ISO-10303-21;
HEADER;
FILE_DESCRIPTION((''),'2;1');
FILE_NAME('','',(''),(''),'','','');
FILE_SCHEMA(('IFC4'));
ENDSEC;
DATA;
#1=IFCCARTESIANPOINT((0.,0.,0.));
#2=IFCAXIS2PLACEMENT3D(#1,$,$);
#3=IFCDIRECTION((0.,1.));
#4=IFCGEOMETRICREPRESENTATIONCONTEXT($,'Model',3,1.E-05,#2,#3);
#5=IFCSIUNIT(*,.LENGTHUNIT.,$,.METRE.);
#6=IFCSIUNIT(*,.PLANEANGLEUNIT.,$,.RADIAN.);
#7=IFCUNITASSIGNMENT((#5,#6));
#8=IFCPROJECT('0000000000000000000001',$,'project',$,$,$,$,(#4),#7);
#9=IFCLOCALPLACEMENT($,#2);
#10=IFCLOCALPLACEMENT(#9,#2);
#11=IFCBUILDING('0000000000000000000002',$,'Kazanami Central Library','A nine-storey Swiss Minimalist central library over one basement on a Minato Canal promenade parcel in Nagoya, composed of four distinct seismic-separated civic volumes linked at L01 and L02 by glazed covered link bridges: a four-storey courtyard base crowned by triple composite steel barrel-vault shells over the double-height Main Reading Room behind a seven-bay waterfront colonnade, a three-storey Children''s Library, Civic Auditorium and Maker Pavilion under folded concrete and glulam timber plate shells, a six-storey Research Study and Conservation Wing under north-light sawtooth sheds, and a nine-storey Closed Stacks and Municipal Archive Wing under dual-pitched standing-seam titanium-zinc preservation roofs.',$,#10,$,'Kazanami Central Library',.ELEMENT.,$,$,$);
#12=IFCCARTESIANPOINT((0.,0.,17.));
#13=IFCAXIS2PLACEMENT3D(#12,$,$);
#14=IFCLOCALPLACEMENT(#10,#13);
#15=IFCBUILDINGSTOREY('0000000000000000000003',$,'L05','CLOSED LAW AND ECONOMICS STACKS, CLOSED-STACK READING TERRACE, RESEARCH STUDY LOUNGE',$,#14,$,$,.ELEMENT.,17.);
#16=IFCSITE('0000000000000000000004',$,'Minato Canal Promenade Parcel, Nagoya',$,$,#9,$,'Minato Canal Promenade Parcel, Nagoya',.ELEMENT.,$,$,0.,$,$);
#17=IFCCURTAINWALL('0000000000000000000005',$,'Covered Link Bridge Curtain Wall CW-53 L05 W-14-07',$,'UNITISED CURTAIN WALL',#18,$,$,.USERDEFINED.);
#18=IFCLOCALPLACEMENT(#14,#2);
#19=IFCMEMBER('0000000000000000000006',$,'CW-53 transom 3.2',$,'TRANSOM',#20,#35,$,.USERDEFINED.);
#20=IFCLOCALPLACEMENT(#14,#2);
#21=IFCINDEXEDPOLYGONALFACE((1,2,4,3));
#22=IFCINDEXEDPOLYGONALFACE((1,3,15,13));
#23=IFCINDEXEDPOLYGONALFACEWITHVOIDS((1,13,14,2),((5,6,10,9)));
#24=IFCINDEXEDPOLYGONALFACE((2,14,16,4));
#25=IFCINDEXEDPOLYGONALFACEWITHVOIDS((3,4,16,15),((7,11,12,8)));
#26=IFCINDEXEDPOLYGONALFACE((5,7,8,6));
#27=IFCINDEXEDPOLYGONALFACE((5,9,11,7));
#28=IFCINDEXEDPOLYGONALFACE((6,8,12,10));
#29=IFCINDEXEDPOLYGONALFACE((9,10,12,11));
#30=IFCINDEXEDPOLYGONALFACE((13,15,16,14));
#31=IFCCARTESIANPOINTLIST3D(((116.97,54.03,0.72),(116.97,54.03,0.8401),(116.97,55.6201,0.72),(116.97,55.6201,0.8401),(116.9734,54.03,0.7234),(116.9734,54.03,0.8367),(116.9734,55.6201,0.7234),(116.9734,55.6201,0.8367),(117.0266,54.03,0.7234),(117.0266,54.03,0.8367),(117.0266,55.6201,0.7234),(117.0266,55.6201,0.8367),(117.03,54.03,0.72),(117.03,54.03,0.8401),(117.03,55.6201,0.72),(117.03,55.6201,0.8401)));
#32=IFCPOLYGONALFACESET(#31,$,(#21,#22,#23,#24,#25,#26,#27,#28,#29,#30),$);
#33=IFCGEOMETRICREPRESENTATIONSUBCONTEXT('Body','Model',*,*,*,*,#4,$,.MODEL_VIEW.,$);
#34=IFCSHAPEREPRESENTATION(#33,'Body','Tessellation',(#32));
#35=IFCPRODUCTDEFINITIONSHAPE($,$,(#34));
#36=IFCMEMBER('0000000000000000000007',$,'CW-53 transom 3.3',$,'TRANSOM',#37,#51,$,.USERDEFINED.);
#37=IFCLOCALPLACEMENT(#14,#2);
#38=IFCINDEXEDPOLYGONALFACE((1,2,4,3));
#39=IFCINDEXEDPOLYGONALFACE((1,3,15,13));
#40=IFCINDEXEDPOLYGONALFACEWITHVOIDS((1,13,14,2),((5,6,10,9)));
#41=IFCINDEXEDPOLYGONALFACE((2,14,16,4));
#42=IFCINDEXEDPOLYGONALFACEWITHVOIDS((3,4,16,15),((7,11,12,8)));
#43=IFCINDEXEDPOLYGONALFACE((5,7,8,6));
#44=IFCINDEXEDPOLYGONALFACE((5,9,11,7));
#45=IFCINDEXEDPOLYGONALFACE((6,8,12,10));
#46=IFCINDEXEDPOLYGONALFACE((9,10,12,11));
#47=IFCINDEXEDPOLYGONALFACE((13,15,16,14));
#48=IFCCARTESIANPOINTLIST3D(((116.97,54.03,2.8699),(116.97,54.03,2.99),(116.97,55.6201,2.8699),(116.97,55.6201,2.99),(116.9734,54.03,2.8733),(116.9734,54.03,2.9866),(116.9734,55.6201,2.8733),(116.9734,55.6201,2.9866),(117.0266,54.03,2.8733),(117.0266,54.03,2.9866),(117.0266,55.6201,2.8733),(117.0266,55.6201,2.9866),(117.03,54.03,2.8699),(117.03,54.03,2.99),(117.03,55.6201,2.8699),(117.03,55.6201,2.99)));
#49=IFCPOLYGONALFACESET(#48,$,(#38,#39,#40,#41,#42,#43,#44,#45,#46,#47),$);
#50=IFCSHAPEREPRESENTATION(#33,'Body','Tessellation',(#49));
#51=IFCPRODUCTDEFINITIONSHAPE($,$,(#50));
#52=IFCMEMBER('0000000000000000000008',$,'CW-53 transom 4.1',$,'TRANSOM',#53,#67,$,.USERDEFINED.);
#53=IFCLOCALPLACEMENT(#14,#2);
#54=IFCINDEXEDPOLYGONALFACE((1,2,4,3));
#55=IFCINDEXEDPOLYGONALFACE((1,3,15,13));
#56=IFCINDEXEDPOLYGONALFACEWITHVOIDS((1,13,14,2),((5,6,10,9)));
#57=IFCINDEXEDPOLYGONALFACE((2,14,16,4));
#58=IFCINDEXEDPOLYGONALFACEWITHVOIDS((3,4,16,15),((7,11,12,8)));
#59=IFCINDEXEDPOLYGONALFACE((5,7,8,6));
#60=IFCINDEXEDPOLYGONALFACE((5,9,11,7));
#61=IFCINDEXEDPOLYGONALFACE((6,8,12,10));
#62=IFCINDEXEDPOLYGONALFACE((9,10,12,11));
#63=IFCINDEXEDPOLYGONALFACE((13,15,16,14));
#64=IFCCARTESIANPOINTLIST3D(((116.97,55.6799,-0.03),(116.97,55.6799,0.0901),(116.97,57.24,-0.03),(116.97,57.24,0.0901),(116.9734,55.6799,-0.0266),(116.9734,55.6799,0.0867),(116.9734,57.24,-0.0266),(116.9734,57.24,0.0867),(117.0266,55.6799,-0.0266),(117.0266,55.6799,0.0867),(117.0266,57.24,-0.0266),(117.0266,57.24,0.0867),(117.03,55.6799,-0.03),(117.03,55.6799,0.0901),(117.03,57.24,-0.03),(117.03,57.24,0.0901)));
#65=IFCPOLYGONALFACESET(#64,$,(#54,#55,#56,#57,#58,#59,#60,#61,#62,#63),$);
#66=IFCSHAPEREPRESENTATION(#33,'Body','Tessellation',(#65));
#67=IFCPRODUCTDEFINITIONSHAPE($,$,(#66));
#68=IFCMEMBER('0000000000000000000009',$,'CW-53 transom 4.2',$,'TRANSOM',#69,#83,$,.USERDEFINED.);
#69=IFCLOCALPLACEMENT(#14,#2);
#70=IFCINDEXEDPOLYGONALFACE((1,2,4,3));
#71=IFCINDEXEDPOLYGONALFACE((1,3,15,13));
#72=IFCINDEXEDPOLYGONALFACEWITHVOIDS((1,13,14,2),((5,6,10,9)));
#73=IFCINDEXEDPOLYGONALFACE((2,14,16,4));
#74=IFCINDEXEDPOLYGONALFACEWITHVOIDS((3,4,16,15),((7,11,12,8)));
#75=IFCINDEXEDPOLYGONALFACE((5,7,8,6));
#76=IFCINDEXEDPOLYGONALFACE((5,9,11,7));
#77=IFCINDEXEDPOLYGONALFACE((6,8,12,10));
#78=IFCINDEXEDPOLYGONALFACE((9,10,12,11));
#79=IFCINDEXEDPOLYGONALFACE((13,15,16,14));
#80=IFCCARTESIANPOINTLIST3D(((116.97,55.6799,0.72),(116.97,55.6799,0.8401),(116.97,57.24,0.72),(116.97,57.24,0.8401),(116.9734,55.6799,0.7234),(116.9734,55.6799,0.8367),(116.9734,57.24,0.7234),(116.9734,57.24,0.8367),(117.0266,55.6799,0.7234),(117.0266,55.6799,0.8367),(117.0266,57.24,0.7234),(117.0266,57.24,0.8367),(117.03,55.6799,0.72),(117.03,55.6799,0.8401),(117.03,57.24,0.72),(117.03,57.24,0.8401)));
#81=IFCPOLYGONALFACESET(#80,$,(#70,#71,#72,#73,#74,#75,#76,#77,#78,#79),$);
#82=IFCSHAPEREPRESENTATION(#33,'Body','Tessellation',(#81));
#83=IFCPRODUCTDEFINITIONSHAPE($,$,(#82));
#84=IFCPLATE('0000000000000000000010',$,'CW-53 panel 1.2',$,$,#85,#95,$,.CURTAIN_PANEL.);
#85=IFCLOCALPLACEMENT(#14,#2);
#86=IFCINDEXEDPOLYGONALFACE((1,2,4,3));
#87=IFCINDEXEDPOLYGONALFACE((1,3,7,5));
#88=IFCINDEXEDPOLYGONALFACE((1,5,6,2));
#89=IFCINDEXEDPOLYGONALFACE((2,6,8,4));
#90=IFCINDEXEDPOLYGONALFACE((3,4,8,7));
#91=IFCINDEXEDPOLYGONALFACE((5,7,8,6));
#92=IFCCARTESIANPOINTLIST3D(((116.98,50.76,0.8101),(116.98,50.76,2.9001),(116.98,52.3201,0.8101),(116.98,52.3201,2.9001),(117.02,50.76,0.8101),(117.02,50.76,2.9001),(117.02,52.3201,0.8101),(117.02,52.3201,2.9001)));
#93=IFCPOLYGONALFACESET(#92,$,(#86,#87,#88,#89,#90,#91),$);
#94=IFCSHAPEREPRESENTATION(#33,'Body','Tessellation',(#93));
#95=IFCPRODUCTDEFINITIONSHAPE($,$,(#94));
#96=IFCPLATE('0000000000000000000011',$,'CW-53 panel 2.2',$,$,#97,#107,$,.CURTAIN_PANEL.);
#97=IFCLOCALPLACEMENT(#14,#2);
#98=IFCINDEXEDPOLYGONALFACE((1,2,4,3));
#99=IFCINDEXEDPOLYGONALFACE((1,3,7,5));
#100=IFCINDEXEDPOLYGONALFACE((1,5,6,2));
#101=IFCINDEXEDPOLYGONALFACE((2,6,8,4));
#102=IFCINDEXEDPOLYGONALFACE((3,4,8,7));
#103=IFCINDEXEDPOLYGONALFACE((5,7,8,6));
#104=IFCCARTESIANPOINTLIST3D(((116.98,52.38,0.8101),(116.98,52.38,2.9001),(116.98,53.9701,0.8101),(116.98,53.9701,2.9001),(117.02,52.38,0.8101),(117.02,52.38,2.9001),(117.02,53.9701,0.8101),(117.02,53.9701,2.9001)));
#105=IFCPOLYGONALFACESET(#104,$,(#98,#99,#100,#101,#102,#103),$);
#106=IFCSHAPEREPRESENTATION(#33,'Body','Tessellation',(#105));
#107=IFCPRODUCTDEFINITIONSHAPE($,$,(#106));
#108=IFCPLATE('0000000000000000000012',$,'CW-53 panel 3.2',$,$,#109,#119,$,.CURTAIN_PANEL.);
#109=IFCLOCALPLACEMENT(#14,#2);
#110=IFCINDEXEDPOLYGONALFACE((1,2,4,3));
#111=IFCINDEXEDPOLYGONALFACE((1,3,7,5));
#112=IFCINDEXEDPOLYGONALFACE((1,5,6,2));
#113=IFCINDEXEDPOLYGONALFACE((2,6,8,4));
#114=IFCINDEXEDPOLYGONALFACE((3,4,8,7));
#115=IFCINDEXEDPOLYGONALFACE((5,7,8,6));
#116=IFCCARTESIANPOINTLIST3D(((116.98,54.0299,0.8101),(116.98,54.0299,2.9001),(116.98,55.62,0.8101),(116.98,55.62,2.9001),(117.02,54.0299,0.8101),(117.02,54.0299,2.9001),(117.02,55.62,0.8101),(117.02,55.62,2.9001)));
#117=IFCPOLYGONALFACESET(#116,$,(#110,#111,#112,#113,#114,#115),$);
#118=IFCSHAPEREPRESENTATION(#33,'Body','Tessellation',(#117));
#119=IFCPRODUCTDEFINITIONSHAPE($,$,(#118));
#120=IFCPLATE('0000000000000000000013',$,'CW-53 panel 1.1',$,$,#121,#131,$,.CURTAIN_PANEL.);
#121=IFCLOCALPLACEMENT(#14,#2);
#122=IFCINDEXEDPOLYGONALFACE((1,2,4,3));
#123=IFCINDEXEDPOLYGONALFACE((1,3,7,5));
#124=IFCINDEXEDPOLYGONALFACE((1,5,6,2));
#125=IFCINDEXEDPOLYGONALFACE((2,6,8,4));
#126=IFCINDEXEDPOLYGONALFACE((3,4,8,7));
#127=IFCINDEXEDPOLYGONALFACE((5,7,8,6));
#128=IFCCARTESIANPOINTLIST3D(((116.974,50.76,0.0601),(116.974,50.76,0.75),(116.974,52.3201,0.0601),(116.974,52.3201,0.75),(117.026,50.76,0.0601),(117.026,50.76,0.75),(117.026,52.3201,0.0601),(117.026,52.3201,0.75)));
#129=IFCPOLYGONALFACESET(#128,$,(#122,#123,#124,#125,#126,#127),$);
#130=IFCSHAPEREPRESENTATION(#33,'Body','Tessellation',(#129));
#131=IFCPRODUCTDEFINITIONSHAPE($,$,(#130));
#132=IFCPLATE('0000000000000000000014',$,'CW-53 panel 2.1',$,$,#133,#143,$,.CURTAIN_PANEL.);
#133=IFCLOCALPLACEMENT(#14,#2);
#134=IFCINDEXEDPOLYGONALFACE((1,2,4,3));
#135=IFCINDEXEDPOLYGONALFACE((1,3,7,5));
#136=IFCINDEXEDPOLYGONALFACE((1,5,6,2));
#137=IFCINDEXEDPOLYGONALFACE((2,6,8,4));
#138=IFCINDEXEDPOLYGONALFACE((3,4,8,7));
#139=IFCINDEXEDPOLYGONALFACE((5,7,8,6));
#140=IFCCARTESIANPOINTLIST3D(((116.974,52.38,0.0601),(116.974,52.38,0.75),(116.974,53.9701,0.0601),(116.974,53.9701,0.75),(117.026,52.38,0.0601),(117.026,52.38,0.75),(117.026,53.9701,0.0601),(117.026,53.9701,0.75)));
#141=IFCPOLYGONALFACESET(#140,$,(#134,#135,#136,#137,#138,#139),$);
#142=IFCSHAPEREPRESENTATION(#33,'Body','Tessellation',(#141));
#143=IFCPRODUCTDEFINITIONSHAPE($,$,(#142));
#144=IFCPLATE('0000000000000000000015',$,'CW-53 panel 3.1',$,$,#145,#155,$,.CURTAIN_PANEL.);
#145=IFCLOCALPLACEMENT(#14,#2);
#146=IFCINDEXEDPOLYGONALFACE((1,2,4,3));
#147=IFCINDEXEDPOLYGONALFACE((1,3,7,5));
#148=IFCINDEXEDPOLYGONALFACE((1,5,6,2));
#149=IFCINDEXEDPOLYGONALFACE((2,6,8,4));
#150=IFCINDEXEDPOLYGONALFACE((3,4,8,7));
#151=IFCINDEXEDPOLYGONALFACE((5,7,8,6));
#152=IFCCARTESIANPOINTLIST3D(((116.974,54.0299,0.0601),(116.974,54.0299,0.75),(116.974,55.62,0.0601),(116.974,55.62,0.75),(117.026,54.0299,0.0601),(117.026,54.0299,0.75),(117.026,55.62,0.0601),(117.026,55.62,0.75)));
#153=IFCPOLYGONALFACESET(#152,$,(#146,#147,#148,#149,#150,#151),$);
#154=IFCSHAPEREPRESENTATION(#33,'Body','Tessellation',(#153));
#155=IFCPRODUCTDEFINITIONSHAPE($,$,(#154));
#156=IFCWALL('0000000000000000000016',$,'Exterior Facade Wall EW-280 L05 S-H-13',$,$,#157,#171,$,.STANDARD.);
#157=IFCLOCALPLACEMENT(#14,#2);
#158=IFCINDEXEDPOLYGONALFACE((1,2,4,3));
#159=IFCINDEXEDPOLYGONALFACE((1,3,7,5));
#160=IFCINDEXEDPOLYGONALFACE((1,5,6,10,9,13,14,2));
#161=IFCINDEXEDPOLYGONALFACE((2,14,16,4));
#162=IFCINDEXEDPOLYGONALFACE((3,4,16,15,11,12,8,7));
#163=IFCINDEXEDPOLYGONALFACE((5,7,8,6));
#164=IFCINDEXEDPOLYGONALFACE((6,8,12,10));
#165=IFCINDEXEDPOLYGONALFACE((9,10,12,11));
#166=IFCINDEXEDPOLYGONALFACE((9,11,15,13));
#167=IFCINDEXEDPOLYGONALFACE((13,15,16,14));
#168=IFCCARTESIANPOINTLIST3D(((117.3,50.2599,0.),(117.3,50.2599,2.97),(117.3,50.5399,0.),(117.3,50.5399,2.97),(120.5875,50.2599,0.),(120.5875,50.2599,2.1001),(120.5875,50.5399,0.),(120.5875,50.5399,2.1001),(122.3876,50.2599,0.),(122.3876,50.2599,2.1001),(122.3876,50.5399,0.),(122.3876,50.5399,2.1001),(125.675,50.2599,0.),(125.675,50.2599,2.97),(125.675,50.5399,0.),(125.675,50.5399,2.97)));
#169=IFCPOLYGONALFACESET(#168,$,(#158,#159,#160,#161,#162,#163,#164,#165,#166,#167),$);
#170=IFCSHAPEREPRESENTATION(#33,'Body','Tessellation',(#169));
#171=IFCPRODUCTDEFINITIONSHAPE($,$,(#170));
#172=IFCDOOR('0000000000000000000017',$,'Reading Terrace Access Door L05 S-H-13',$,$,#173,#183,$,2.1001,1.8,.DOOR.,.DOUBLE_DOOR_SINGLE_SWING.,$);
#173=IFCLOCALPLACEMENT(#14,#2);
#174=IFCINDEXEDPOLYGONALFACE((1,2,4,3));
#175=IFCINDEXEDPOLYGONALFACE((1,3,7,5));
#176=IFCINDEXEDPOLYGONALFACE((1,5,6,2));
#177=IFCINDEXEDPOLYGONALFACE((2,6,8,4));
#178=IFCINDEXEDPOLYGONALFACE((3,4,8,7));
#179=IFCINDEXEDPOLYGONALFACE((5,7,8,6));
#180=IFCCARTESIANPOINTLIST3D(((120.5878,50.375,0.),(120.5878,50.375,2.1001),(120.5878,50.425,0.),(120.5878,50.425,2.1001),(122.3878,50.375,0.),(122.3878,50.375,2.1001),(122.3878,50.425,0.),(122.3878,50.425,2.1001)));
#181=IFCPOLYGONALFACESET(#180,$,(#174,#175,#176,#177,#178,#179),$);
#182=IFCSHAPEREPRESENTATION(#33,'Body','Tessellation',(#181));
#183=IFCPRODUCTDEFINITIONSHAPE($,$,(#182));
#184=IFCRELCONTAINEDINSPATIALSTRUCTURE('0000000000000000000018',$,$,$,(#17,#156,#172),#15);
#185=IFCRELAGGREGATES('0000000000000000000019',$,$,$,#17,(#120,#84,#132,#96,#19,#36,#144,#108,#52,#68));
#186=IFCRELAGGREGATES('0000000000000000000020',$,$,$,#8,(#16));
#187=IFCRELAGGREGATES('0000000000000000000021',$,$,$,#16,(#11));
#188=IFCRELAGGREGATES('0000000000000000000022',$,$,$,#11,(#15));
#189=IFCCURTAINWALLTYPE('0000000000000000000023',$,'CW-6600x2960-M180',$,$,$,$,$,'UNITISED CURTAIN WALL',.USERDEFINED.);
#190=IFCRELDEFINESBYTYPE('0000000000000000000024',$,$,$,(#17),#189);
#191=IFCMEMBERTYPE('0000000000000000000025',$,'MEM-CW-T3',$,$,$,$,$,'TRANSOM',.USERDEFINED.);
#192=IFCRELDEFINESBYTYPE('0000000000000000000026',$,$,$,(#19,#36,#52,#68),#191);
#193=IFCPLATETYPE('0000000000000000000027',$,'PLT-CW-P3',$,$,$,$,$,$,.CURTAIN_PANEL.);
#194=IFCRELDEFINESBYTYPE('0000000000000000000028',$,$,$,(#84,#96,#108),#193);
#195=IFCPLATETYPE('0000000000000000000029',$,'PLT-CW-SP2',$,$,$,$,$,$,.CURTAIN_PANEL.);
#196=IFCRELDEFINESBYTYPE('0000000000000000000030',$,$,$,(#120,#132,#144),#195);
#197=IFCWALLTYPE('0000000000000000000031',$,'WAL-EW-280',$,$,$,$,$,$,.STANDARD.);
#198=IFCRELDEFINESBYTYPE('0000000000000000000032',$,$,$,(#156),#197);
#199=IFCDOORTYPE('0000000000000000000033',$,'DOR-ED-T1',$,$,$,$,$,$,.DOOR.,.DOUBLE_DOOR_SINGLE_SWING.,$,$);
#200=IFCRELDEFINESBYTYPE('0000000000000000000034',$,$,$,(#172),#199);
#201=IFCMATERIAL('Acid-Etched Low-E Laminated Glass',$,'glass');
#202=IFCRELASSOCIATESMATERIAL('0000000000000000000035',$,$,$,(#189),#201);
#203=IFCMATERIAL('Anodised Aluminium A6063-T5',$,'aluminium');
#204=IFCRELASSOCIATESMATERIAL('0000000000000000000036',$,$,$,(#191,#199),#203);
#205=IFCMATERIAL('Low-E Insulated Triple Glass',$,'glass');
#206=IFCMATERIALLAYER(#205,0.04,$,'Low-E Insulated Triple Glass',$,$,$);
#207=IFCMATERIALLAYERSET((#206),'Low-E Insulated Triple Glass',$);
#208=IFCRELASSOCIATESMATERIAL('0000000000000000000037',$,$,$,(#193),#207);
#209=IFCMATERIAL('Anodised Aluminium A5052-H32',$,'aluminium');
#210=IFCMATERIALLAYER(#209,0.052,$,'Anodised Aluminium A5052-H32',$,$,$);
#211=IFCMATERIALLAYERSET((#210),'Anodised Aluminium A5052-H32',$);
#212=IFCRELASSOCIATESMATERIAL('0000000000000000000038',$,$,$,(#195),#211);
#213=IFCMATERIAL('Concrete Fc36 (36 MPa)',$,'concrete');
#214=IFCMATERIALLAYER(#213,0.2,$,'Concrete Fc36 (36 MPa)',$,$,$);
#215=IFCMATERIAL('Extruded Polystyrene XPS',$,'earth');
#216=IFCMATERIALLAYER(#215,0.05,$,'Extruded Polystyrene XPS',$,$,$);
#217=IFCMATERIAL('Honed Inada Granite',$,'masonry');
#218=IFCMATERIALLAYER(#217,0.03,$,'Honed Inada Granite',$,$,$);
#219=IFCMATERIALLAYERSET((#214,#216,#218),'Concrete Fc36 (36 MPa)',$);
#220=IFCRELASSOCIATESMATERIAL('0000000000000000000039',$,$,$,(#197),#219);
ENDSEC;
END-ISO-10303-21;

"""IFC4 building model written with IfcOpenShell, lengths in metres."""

from ifc_helpers import new_model, si_unit, direction, frame, frame_2d, origin, origin_2d, place, context, subcontext, project, spatial, rectangle, hollow_rectangle, extrude, material, layer, layer_set, material_profile, profile_set, type_object, element, fill, aggregate, save


model = new_model("IFC4")

# Units and contexts
model_context = context("Model", 3, precision=1e-05, world=origin(), true_north=direction((0.0, 1.0)))
body_context = subcontext(model_context, "Body", "Model", "MODEL_VIEW")
ifc_project = project(units=[si_unit("LENGTHUNIT", "METRE"), si_unit("PLANEANGLEUNIT", "RADIAN")], contexts=[model_context])

# Site, building, storey
site_placement = place(None, origin())
site = spatial("IfcSite", under=ifc_project, at=site_placement, Name="Minato Canal Promenade Parcel, Nagoya", LongName="Minato Canal Promenade Parcel, Nagoya", CompositionType="ELEMENT", RefElevation=0.0)
building_placement = place(site_placement, origin())
building = spatial("IfcBuilding", under=site, at=building_placement, Name="Kazanami Central Library", Description="A nine-storey Swiss Minimalist central library over one basement on a Minato Canal promenade parcel in Nagoya, composed of four distinct seismic-separated civic volumes linked at L01 and L02 by glazed covered link bridges: a four-storey courtyard base crowned by triple composite steel barrel-vault shells over the double-height Main Reading Room behind a seven-bay waterfront colonnade, a three-storey Children's Library, Civic Auditorium and Maker Pavilion under folded concrete and glulam timber plate shells, a six-storey Research Study and Conservation Wing under north-light sawtooth sheds, and a nine-storey Closed Stacks and Municipal Archive Wing under dual-pitched standing-seam titanium-zinc preservation roofs.", LongName="Kazanami Central Library", CompositionType="ELEMENT")
storey_placement = place(building_placement, frame((0.0, 0.0, 17.0)))
storey = spatial("IfcBuildingStorey", under=building, at=storey_placement, Name="L05", Description="CLOSED LAW AND ECONOMICS STACKS, CLOSED-STACK READING TERRACE, RESEARCH STUDY LOUNGE", CompositionType="ELEMENT", Elevation=17.0)

# Curtain wall, members, plates
ifc_material_1 = material(Name="Acid-Etched Low-E Laminated Glass", Category="glass")
curtain_wall_type = type_object("IfcCurtainWallType", Name="CW-6600x2960-M180", ElementType="UNITISED CURTAIN WALL", PredefinedType="USERDEFINED", material=ifc_material_1)
curtain_wall_placement = place(storey_placement, origin())
curtain_wall = element("IfcCurtainWall", 1, at=curtain_wall_placement, inside=storey, type_object=curtain_wall_type, Name="Covered Link Bridge Curtain Wall CW-53 L05 W-14-07", ObjectType="UNITISED CURTAIN WALL", PredefinedType="USERDEFINED")
ifc_material_2 = material(Name="Anodised Aluminium A6063-T5", Category="aluminium")
ifc_material_profile_1 = material_profile(ifc_material_2, hollow_rectangle(XDim=0.0601, YDim=0.1201, WallThickness=0.0034, at=origin_2d()), Name="ALU-TRAN-60x120x3.5")
ifc_profile_set_1 = profile_set([ifc_material_profile_1], Name="Anodised Aluminium A6063-T5")
member_type = type_object("IfcMemberType", Name="MEM-CW-T3", ElementType="TRANSOM", PredefinedType="USERDEFINED", material=ifc_profile_set_1)
member_1_placement = place(storey_placement, frame((117.0, 54.03, 0.78), z_axis=(0.0, 1.0, 0.0), x_axis=(-1.0, 0.0, 0.0)))
member_1 = element("IfcMember", 2, at=member_1_placement, type_object=member_type, Name="CW-53 transom 3.2", ObjectType="TRANSOM", PredefinedType="USERDEFINED", context=body_context, shape_type="SweptSolid", body=[
    extrude(hollow_rectangle(XDim=0.0601, YDim=0.1201, WallThickness=0.0034, at=origin_2d()), origin(), (0.0, 0.0, 1.0), 1.5901),
])
member_2_placement = place(storey_placement, frame((117.0, 54.03, 2.9299), z_axis=(0.0, 1.0, 0.0), x_axis=(-1.0, 0.0, 0.0)))
member_2 = element("IfcMember", 3, at=member_2_placement, type_object=member_type, Name="CW-53 transom 3.3", ObjectType="TRANSOM", PredefinedType="USERDEFINED", context=body_context, shape_type="SweptSolid", body=[
    extrude(hollow_rectangle(XDim=0.0601, YDim=0.1201, WallThickness=0.0034, at=origin_2d()), origin(), (0.0, 0.0, 1.0), 1.5901),
])
member_3_placement = place(storey_placement, frame((117.0, 55.6799, 0.03), z_axis=(0.0, 1.0, 0.0), x_axis=(-1.0, 0.0, 0.0)))
member_3 = element("IfcMember", 4, at=member_3_placement, type_object=member_type, Name="CW-53 transom 4.1", ObjectType="TRANSOM", PredefinedType="USERDEFINED", context=body_context, shape_type="SweptSolid", body=[
    extrude(hollow_rectangle(XDim=0.0601, YDim=0.1201, WallThickness=0.0034, at=origin_2d()), origin(), (0.0, 0.0, 1.0), 1.5601),
])
member_4_placement = place(storey_placement, frame((117.0, 55.6799, 0.78), z_axis=(0.0, 1.0, 0.0), x_axis=(-1.0, 0.0, 0.0)))
member_4 = element("IfcMember", 5, at=member_4_placement, type_object=member_type, Name="CW-53 transom 4.2", ObjectType="TRANSOM", PredefinedType="USERDEFINED", context=body_context, shape_type="SweptSolid", body=[
    extrude(hollow_rectangle(XDim=0.0601, YDim=0.1201, WallThickness=0.0034, at=origin_2d()), origin(), (0.0, 0.0, 1.0), 1.5601),
])
ifc_material_3 = material(Name="Low-E Insulated Triple Glass", Category="glass")
ifc_layer_1 = layer(ifc_material_3, 0.04, Name="Low-E Insulated Triple Glass")
ifc_layer_set_1 = layer_set([ifc_layer_1], Name="Low-E Insulated Triple Glass")
plate_type_1 = type_object("IfcPlateType", Name="PLT-CW-P3", PredefinedType="CURTAIN_PANEL", material=ifc_layer_set_1)
plate_1_placement = place(storey_placement, frame((117.0, 51.54, 0.8101), z_axis=(0.0, 0.0, 1.0), x_axis=(0.0, 1.0, 0.0)))
plate_1 = element("IfcPlate", 6, at=plate_1_placement, type_object=plate_type_1, Name="CW-53 panel 1.2", PredefinedType="CURTAIN_PANEL", context=body_context, shape_type="SweptSolid", body=[
    extrude(rectangle(XDim=1.5601, YDim=0.04, at=origin_2d()), origin(), (0.0, 0.0, 1.0), 2.0901),
])
plate_2_placement = place(storey_placement, frame((117.0, 53.175, 0.8101), z_axis=(0.0, 0.0, 1.0), x_axis=(0.0, 1.0, 0.0)))
plate_2 = element("IfcPlate", 7, at=plate_2_placement, type_object=plate_type_1, Name="CW-53 panel 2.2", PredefinedType="CURTAIN_PANEL", context=body_context, shape_type="SweptSolid", body=[
    extrude(rectangle(XDim=1.5901, YDim=0.04, at=origin_2d()), origin(), (0.0, 0.0, 1.0), 2.0901),
])
plate_3_placement = place(storey_placement, frame((117.0, 54.825, 0.8101), z_axis=(0.0, 0.0, 1.0), x_axis=(0.0, 1.0, 0.0)))
plate_3 = element("IfcPlate", 8, at=plate_3_placement, type_object=plate_type_1, Name="CW-53 panel 3.2", PredefinedType="CURTAIN_PANEL", context=body_context, shape_type="SweptSolid", body=[
    extrude(rectangle(XDim=1.5901, YDim=0.04, at=origin_2d()), origin(), (0.0, 0.0, 1.0), 2.0901),
])
ifc_material_4 = material(Name="Anodised Aluminium A5052-H32", Category="aluminium")
ifc_layer_2 = layer(ifc_material_4, 0.052, Name="Anodised Aluminium A5052-H32")
ifc_layer_set_2 = layer_set([ifc_layer_2], Name="Anodised Aluminium A5052-H32")
plate_type_2 = type_object("IfcPlateType", Name="PLT-CW-SP2", PredefinedType="CURTAIN_PANEL", material=ifc_layer_set_2)
plate_4_placement = place(storey_placement, frame((117.0, 51.54, 0.0601), z_axis=(0.0, 0.0, 1.0), x_axis=(0.0, 1.0, 0.0)))
plate_4 = element("IfcPlate", 9, at=plate_4_placement, type_object=plate_type_2, Name="CW-53 panel 1.1", PredefinedType="CURTAIN_PANEL", context=body_context, shape_type="SweptSolid", body=[
    extrude(rectangle(XDim=1.5601, YDim=0.052, at=origin_2d()), origin(), (0.0, 0.0, 1.0), 0.6899),
])
plate_5_placement = place(storey_placement, frame((117.0, 53.175, 0.0601), z_axis=(0.0, 0.0, 1.0), x_axis=(0.0, 1.0, 0.0)))
plate_5 = element("IfcPlate", 10, at=plate_5_placement, type_object=plate_type_2, Name="CW-53 panel 2.1", PredefinedType="CURTAIN_PANEL", context=body_context, shape_type="SweptSolid", body=[
    extrude(rectangle(XDim=1.5901, YDim=0.052, at=origin_2d()), origin(), (0.0, 0.0, 1.0), 0.6899),
])
plate_6_placement = place(storey_placement, frame((117.0, 54.825, 0.0601), z_axis=(0.0, 0.0, 1.0), x_axis=(0.0, 1.0, 0.0)))
plate_6 = element("IfcPlate", 11, at=plate_6_placement, type_object=plate_type_2, Name="CW-53 panel 3.1", PredefinedType="CURTAIN_PANEL", context=body_context, shape_type="SweptSolid", body=[
    extrude(rectangle(XDim=1.5901, YDim=0.052, at=origin_2d()), origin(), (0.0, 0.0, 1.0), 0.6899),
])
aggregate(curtain_wall, [plate_4, plate_1, plate_5, plate_2, member_1, member_2, plate_6, plate_3, member_3, member_4])

# Wall, opening, door
ifc_material_5 = material(Name="Concrete Fc36 (36 MPa)", Category="concrete")
ifc_layer_3 = layer(ifc_material_5, 0.2, Name="Concrete Fc36 (36 MPa)")
ifc_material_6 = material(Name="Extruded Polystyrene XPS", Category="earth")
ifc_layer_4 = layer(ifc_material_6, 0.05, Name="Extruded Polystyrene XPS")
ifc_material_7 = material(Name="Honed Inada Granite", Category="masonry")
ifc_layer_5 = layer(ifc_material_7, 0.03, Name="Honed Inada Granite")
ifc_layer_set_3 = layer_set([ifc_layer_3, ifc_layer_4, ifc_layer_5], Name="Concrete Fc36 (36 MPa)")
wall_type = type_object("IfcWallType", Name="WAL-EW-280", PredefinedType="STANDARD", material=ifc_layer_set_3)
wall_placement = place(storey_placement, frame((117.3, 50.3999, 0.0), z_axis=(0.0, 0.0, 1.0), x_axis=(1.0, 0.0, 0.0)))
wall = element("IfcWall", 12, at=wall_placement, inside=storey, type_object=wall_type, Name="Exterior Facade Wall EW-280 L05 S-H-13", PredefinedType="STANDARD", context=body_context, shape_type="SweptSolid", body=[
    extrude(rectangle(XDim=8.375, YDim=0.28, at=frame_2d((4.1875, 0.0))), origin(), (0.0, 0.0, 1.0), 2.97),
])
opening_placement = place(wall_placement, frame((3.2876, 0.0, 0.0)))
opening = element("IfcOpeningElement", 13, at=opening_placement, cuts=wall, PredefinedType="OPENING", context=body_context, shape_type="SweptSolid", body=[
    extrude(rectangle(XDim=1.8, YDim=2.1001, at=frame_2d((0.8999, 1.05))), frame((0.0, 0.1519, 0.0), z_axis=(0.0, -1.0, 0.0), x_axis=(1.0, 0.0, 0.0)), (0.0, 0.0, 1.0), 0.304),
])
door_type = type_object("IfcDoorType", Name="DOR-ED-T1", OperationType="DOUBLE_DOOR_SINGLE_SWING", PredefinedType="DOOR", material=ifc_material_2)
door_placement = place(opening_placement, frame((1.8, 0.0, 0.0), z_axis=(0.0, 0.0, 1.0), x_axis=(-1.0, 0.0, 0.0)))
door = element("IfcDoor", 14, at=door_placement, inside=storey, type_object=door_type, Name="Reading Terrace Access Door L05 S-H-13", OperationType="DOUBLE_DOOR_SINGLE_SWING", OverallHeight=2.1001, OverallWidth=1.8, PredefinedType="DOOR", context=body_context, shape_type="SweptSolid", body=[
    extrude(rectangle(XDim=1.8, YDim=2.1001, at=frame_2d((0.8999, 1.05))), frame((0.0, 0.0249, 0.0), z_axis=(0.0, -1.0, 0.0), x_axis=(1.0, 0.0, 0.0)), (0.0, 0.0, 1.0), 0.05),
])
fill(opening, door)

save(model, "model.ifc")
